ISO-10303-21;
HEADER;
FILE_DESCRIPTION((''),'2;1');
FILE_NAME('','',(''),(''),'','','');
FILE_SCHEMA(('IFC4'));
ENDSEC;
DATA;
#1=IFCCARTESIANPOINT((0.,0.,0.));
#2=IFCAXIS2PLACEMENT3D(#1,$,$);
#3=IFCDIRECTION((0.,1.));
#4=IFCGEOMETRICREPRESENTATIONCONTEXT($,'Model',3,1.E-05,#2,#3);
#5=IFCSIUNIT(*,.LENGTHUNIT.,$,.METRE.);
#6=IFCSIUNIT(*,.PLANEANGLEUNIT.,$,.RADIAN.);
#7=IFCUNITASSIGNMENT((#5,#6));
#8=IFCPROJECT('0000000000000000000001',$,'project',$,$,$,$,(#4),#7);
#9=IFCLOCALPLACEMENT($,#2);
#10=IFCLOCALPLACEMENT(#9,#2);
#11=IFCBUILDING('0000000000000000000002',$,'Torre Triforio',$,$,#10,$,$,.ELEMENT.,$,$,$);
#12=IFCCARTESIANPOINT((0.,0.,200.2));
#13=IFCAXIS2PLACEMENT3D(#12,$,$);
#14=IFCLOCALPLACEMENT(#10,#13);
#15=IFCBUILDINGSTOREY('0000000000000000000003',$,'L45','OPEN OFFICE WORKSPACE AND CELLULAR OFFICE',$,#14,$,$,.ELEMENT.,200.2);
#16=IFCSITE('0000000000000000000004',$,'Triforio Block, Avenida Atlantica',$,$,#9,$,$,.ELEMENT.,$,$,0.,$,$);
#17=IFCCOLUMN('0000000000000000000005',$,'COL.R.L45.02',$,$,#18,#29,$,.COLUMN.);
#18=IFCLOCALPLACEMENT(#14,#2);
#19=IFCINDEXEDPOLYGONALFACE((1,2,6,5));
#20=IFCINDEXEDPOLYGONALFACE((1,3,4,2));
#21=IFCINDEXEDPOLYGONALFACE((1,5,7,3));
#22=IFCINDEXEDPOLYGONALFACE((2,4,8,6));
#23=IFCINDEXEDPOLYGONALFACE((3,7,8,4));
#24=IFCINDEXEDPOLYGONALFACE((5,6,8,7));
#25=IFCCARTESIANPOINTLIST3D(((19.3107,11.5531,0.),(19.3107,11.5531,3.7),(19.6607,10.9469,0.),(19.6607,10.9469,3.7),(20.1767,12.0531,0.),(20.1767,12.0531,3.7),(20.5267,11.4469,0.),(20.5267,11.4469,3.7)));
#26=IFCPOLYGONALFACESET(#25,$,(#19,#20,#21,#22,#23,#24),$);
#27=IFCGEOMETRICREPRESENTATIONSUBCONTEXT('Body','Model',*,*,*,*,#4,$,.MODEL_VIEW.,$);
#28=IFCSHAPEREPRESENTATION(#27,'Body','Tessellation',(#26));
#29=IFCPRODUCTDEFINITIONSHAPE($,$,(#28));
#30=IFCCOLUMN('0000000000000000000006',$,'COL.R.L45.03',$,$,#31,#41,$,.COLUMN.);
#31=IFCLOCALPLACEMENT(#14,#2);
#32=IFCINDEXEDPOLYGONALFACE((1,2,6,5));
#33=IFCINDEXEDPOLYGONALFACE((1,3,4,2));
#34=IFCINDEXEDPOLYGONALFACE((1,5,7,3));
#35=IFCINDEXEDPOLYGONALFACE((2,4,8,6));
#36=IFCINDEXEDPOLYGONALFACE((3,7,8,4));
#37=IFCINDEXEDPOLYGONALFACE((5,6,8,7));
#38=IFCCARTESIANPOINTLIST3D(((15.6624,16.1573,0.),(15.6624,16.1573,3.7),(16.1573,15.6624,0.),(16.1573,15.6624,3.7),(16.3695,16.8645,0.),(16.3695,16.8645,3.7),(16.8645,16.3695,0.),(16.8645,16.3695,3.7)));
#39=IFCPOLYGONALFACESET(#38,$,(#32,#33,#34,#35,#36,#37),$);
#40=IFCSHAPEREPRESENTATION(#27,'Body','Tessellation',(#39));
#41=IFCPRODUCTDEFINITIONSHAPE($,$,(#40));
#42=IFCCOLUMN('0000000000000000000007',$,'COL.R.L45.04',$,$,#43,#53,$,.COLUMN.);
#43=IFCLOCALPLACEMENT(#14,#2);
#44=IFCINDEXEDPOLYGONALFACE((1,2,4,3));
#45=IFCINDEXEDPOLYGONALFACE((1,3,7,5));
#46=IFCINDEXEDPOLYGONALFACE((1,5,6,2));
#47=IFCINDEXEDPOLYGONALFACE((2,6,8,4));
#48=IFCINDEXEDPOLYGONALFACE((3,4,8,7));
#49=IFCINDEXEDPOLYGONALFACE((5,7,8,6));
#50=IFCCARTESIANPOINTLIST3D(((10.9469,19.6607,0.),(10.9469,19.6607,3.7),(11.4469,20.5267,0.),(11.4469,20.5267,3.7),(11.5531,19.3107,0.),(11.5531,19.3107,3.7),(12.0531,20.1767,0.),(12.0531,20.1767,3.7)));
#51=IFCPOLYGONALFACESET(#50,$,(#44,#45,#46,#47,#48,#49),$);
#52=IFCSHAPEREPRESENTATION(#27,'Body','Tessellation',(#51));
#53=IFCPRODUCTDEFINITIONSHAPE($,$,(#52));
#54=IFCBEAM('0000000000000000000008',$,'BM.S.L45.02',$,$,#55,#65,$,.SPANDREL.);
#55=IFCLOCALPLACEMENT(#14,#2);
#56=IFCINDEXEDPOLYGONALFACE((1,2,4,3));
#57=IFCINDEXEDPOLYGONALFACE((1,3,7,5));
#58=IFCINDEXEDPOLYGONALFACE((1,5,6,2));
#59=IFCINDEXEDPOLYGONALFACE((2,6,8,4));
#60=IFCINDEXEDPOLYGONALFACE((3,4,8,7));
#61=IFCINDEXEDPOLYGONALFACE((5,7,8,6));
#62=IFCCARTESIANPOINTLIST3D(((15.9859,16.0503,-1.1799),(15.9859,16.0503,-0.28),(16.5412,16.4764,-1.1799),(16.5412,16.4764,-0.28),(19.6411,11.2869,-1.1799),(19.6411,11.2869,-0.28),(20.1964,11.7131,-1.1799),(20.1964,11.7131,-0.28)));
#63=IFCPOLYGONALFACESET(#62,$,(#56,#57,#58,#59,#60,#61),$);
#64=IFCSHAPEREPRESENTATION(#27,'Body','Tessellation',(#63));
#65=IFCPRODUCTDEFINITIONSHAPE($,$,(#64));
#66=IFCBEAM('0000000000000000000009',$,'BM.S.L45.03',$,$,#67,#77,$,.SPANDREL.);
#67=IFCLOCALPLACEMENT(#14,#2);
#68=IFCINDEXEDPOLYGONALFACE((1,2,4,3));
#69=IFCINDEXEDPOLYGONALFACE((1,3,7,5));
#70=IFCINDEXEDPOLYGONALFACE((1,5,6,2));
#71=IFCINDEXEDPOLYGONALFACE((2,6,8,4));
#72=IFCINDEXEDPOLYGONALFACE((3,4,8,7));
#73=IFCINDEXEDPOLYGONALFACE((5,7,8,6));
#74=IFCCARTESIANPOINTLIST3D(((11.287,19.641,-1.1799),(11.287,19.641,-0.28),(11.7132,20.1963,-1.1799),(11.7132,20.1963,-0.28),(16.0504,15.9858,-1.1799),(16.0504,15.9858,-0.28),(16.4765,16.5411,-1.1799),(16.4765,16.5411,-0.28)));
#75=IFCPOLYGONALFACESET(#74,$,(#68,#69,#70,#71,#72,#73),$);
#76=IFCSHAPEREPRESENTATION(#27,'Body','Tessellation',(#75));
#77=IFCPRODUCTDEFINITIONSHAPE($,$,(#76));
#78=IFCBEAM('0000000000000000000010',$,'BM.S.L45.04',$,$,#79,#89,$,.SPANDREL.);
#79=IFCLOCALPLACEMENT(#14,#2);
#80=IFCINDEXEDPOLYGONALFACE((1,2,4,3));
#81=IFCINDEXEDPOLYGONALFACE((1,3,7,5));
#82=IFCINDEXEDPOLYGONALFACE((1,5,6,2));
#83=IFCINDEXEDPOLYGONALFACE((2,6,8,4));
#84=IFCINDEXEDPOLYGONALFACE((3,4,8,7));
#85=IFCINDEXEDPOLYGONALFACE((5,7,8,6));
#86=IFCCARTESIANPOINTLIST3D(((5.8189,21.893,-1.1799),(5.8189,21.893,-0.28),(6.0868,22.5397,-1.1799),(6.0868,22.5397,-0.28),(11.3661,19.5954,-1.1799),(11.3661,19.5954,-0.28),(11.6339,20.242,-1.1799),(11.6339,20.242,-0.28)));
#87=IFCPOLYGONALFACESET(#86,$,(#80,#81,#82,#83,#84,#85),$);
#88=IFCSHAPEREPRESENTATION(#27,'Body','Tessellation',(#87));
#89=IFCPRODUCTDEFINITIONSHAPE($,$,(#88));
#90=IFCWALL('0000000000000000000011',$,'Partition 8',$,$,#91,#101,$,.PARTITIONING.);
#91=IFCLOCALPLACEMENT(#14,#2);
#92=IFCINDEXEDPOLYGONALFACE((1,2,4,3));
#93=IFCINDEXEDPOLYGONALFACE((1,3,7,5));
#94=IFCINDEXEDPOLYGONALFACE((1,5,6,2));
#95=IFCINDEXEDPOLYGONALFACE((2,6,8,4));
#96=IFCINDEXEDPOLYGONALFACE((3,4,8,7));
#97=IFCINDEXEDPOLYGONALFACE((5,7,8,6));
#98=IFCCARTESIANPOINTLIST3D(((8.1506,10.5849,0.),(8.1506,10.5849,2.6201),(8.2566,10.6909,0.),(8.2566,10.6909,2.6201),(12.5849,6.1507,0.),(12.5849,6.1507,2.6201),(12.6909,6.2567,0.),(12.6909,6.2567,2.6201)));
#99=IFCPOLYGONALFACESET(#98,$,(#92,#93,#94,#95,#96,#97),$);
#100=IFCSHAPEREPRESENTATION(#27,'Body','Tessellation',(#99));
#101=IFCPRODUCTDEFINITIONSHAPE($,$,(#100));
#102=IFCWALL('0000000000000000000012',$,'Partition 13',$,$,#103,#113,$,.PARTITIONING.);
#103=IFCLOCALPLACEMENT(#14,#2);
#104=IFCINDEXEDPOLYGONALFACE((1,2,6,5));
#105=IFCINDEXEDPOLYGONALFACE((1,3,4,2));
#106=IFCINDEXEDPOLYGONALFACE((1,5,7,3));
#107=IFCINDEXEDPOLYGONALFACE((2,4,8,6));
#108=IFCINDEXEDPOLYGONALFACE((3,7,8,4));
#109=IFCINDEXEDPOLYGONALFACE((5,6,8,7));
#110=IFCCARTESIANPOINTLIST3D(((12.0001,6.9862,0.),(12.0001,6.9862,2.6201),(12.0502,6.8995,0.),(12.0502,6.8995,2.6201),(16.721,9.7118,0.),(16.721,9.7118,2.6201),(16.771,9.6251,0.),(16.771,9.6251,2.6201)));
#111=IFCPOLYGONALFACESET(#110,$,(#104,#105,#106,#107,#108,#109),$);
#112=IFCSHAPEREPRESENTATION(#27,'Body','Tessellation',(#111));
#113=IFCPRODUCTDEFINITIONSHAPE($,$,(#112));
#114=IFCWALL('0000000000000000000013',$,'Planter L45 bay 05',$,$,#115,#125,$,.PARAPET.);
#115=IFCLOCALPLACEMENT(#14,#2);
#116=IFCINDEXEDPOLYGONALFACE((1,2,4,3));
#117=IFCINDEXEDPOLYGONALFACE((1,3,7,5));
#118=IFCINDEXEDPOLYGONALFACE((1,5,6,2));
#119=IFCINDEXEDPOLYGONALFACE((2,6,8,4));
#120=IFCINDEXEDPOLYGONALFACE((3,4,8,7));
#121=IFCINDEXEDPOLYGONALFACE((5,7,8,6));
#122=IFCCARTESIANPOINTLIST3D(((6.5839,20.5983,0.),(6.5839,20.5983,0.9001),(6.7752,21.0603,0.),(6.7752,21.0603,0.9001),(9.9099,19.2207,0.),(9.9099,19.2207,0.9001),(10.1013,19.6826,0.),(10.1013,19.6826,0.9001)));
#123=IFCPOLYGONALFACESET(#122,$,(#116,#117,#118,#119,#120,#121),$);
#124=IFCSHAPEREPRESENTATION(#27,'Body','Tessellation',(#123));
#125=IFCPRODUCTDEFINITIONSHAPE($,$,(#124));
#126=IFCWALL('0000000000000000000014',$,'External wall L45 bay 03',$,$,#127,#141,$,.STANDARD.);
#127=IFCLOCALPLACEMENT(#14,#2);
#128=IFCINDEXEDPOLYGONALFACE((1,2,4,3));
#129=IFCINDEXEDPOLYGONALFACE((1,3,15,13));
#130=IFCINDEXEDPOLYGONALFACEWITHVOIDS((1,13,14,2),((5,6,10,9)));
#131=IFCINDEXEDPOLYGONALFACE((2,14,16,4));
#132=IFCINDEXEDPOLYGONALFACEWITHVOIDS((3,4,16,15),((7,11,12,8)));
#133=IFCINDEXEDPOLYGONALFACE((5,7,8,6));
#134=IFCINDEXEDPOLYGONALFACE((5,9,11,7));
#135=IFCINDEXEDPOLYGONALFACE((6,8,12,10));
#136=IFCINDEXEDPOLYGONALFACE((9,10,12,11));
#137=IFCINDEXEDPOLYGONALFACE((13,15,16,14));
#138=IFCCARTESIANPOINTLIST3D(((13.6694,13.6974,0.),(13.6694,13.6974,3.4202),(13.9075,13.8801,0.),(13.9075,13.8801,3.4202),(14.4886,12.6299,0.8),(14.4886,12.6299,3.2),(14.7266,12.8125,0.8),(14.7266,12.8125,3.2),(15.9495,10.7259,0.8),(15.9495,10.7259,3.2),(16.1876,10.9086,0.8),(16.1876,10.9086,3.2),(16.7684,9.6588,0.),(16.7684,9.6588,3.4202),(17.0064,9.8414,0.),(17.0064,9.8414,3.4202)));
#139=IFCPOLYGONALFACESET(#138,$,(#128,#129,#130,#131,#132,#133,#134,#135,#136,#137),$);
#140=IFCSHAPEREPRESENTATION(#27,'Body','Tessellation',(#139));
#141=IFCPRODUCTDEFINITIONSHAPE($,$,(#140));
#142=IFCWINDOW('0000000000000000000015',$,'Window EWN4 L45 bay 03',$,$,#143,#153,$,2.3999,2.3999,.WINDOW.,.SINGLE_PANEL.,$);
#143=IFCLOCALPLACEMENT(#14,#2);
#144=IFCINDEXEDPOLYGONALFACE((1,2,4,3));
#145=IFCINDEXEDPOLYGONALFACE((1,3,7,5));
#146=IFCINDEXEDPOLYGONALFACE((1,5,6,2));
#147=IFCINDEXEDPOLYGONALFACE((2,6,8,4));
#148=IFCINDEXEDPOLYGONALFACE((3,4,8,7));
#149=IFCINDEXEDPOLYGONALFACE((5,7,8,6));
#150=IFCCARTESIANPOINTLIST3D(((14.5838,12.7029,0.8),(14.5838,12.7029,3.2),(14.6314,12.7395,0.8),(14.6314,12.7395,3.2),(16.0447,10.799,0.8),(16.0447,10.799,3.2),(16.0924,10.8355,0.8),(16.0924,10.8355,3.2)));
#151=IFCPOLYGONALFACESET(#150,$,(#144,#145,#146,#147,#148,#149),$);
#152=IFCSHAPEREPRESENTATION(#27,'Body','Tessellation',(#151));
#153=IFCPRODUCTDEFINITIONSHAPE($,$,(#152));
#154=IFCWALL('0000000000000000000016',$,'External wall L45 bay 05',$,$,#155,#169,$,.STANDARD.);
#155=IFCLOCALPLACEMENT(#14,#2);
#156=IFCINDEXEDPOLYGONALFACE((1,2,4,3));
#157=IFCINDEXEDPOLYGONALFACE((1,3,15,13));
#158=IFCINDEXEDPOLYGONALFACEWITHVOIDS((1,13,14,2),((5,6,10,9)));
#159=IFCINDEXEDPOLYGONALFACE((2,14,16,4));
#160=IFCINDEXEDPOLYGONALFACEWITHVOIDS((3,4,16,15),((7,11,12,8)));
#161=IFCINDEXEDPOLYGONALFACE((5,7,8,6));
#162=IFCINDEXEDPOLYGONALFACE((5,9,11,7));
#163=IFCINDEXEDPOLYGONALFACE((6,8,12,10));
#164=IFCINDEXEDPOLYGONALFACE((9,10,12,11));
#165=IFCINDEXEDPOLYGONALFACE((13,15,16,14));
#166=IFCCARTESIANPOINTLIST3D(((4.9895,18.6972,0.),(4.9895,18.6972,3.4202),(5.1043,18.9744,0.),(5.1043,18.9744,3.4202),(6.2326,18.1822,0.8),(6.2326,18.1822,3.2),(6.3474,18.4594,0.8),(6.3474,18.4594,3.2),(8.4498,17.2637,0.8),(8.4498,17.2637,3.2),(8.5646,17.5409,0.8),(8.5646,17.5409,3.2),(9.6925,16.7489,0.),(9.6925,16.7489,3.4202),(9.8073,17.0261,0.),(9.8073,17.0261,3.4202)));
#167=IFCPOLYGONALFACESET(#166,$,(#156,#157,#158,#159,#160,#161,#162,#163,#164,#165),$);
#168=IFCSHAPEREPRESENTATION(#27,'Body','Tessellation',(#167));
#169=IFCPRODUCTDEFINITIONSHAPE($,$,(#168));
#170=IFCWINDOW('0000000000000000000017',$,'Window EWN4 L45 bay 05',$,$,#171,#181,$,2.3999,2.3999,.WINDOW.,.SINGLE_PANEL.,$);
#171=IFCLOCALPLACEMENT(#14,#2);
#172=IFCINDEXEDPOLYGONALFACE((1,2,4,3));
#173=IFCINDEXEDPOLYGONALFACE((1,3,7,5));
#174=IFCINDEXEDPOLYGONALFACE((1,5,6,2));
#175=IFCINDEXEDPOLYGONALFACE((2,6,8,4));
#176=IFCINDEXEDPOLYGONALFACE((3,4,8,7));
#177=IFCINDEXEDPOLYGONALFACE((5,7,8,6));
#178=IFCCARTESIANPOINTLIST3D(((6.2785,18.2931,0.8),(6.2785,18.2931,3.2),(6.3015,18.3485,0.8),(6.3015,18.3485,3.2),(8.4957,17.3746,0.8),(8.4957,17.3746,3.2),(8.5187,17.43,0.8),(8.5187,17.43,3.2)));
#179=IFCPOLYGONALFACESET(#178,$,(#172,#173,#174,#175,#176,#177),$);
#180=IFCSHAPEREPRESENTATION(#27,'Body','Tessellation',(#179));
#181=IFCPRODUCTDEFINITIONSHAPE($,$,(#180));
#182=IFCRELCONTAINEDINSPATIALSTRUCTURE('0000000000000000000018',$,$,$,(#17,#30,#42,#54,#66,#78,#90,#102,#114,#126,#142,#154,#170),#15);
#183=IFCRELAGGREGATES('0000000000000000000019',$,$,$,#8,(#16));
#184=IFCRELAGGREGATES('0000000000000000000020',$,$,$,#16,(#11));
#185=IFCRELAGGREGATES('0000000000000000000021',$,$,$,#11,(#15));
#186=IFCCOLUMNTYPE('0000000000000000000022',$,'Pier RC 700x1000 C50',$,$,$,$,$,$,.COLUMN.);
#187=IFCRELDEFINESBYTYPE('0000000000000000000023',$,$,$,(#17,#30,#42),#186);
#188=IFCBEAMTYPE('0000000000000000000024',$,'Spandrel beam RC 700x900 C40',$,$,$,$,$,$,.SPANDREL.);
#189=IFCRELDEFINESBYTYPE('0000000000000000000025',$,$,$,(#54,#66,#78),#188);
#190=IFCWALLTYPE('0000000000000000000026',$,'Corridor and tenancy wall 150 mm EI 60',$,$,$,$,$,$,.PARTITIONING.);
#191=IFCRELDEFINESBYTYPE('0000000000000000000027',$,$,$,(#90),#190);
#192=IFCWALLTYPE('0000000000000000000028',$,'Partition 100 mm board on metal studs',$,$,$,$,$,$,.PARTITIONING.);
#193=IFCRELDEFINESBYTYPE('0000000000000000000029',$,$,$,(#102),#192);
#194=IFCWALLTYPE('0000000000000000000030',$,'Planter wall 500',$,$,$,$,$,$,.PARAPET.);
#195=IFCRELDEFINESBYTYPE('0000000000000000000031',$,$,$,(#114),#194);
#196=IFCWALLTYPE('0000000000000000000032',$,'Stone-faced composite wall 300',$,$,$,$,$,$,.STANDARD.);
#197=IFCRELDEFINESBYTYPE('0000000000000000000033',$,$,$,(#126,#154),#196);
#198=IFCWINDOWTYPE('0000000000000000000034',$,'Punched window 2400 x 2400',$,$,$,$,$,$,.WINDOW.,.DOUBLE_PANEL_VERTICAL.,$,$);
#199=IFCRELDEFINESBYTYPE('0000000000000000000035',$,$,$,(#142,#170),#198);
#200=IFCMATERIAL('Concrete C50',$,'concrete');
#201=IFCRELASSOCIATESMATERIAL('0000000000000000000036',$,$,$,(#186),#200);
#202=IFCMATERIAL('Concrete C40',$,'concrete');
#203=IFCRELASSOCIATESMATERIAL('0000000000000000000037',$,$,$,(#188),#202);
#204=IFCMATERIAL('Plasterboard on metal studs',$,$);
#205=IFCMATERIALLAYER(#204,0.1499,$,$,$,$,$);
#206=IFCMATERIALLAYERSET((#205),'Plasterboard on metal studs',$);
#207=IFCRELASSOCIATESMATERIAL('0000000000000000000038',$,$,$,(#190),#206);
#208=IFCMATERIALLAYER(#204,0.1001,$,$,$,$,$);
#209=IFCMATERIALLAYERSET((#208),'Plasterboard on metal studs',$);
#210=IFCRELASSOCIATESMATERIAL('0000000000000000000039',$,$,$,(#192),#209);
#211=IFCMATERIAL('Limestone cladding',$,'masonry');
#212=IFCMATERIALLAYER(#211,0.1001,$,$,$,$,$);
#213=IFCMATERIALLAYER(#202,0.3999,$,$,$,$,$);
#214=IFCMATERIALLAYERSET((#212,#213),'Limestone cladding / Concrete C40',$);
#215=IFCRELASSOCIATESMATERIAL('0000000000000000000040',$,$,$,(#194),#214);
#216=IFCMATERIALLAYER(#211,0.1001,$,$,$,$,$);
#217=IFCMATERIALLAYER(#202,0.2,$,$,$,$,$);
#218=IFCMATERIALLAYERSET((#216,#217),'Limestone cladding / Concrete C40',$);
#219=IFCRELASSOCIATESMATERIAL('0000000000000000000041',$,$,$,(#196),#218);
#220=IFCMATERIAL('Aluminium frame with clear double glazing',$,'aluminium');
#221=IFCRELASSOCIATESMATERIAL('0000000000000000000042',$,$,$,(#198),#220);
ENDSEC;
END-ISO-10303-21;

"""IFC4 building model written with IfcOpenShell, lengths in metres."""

from ifc_helpers import new_model, si_unit, direction, frame, frame_2d, origin, origin_2d, place, context, subcontext, project, spatial, rectangle, extrude, material, layer, layer_set, material_profile, profile_set, type_object, element, fill, save


model = new_model("IFC4")

# Units and contexts
model_context = context("Model", 3, precision=1e-05, world=origin(), true_north=direction((0.0, 1.0)))
body_context = subcontext(model_context, "Body", "Model", "MODEL_VIEW")
ifc_project = project(units=[si_unit("LENGTHUNIT", "METRE"), si_unit("PLANEANGLEUNIT", "RADIAN")], contexts=[model_context])

# Site, building, storey
site_placement = place(None, origin())
site = spatial("IfcSite", under=ifc_project, at=site_placement, Name="Triforio Block, Avenida Atlantica", CompositionType="ELEMENT", RefElevation=0.0)
building_placement = place(site_placement, origin())
building = spatial("IfcBuilding", under=site, at=building_placement, Name="Torre Triforio", CompositionType="ELEMENT")
storey_placement = place(building_placement, frame((0.0, 0.0, 200.2)))
storey = spatial("IfcBuildingStorey", under=building, at=storey_placement, Name="L45", Description="OPEN OFFICE WORKSPACE AND CELLULAR OFFICE", CompositionType="ELEMENT", Elevation=200.2)

# Columns
ifc_material_1 = material(Name="Concrete C50", Category="concrete")
ifc_material_profile_1 = material_profile(ifc_material_1, rectangle(XDim=0.7, YDim=1.0, at=origin_2d()), Name="RC 700x1000")
ifc_profile_set_1 = profile_set([ifc_material_profile_1], Name="Concrete C50")
column_type = type_object("IfcColumnType", Name="Pier RC 700x1000 C50", PredefinedType="COLUMN", material=ifc_profile_set_1)
for number, where, z_axis, x_axis, name in (
    (1, (19.9187, 11.5, 0.0), (0.0, 0.0, 1.0), (-0.5, 0.866025, 0.0), "COL.R.L45.02"),
    (2, (16.2634, 16.2634, 0.0), (0.0, 0.0, 1.0), (-0.707107, 0.707107, 0.0), "COL.R.L45.03"),
    (3, (11.5, 19.9187, 0.0), (0.0, 0.0, 1.0), (-0.866025, 0.5, 0.0), "COL.R.L45.04"),
):
    element("IfcColumn", number, at=place(storey_placement, frame(where, z_axis=z_axis, x_axis=x_axis)), inside=storey, type_object=column_type, Name=name, PredefinedType="COLUMN", context=body_context, shape_type="SweptSolid", body=[
        extrude(rectangle(XDim=0.7, YDim=1.0, at=origin_2d()), origin(), (0.0, 0.0, 1.0), 3.7),
    ])

# Beams
ifc_material_2 = material(Name="Concrete C40", Category="concrete")
ifc_material_profile_2 = material_profile(ifc_material_2, rectangle(XDim=0.7, YDim=0.8999, at=origin_2d()), Name="RC 700x900")
ifc_profile_set_2 = profile_set([ifc_material_profile_2], Name="Concrete C40")
beam_type = type_object("IfcBeamType", Name="Spandrel beam RC 700x900 C40", PredefinedType="SPANDREL", material=ifc_profile_set_2)
for number, where, z_axis, x_axis, name in (
    (4, (19.9187, 11.5, -0.73), (-0.608779, 0.79334, 0.0), (-0.79334, -0.608779, 0.0), "BM.S.L45.02"),
    (5, (16.2634, 16.2634, -0.73), (-0.79334, 0.608779, 0.0), (-0.608779, -0.79334, 0.0), "BM.S.L45.03"),
    (6, (11.5, 19.9187, -0.73), (-0.923885, 0.382671, 0.0), (-0.382671, -0.923885, 0.0), "BM.S.L45.04"),
):
    element("IfcBeam", number, at=place(storey_placement, frame(where, z_axis=z_axis, x_axis=x_axis)), inside=storey, type_object=beam_type, Name=name, PredefinedType="SPANDREL", context=body_context, shape_type="SweptSolid", body=[
        extrude(rectangle(XDim=0.7, YDim=0.8999, at=origin_2d()), origin(), (0.0, 0.0, 1.0), 6.0042),
    ])

# Walls
ifc_material_3 = material(Name="Plasterboard on metal studs")
ifc_layer_1 = layer(ifc_material_3, 0.1499)
ifc_layer_set_1 = layer_set([ifc_layer_1], Name="Plasterboard on metal studs")
wall_type_1 = type_object("IfcWallType", Name="Corridor and tenancy wall 150 mm EI 60", PredefinedType="PARTITIONING", material=ifc_layer_set_1)
wall_1_placement = place(storey_placement, frame((8.2036, 10.6379, 0.0), z_axis=(0.0, 0.0, 1.0), x_axis=(0.707107, -0.707107, 0.0)))
element("IfcWall", 7, at=wall_1_placement, inside=storey, type_object=wall_type_1, Name="Partition 8", PredefinedType="PARTITIONING", context=body_context, shape_type="SweptSolid", body=[
    extrude(rectangle(XDim=6.271, YDim=0.1499, at=frame_2d((3.1355, 0.0))), origin(), (0.0, 0.0, 1.0), 2.6201),
])
ifc_layer_2 = layer(ifc_material_3, 0.1001)
ifc_layer_set_2 = layer_set([ifc_layer_2], Name="Plasterboard on metal studs")
wall_type_2 = type_object("IfcWallType", Name="Partition 100 mm board on metal studs", PredefinedType="PARTITIONING", material=ifc_layer_set_2)
wall_2_placement = place(storey_placement, frame((12.0251, 6.9429, 0.0), z_axis=(0.0, 0.0, 1.0), x_axis=(0.86603, 0.499993, 0.0)))
element("IfcWall", 8, at=wall_2_placement, inside=storey, type_object=wall_type_2, Name="Partition 13", PredefinedType="PARTITIONING", context=body_context, shape_type="SweptSolid", body=[
    extrude(rectangle(XDim=5.4512, YDim=0.1001, at=frame_2d((2.7256, 0.0))), origin(), (0.0, 0.0, 1.0), 2.6201),
])
ifc_material_4 = material(Name="Limestone cladding", Category="masonry")
ifc_layer_3 = layer(ifc_material_4, 0.1001)
ifc_layer_4 = layer(ifc_material_2, 0.3999)
ifc_layer_set_3 = layer_set([ifc_layer_3, ifc_layer_4], Name="Limestone cladding / Concrete C40")
wall_type_3 = type_object("IfcWallType", Name="Planter wall 500", PredefinedType="PARAPET", material=ifc_layer_set_3)
wall_3_placement = place(storey_placement, frame((10.0056, 19.4517, 0.0), z_axis=(0.0, 0.0, 1.0), x_axis=(-0.923885, 0.382669, 0.0)))
element("IfcWall", 9, at=wall_3_placement, inside=storey, type_object=wall_type_3, Name="Planter L45 bay 05", PredefinedType="PARAPET", context=body_context, shape_type="SweptSolid", body=[
    extrude(rectangle(XDim=3.6001, YDim=0.5, at=frame_2d((1.8, 0.0))), origin(), (0.0, 0.0, 1.0), 0.9001),
])

# Wall, opening, window
ifc_layer_5 = layer(ifc_material_4, 0.1001)
ifc_layer_6 = layer(ifc_material_2, 0.2)
ifc_layer_set_4 = layer_set([ifc_layer_5, ifc_layer_6], Name="Limestone cladding / Concrete C40")
wall_type_4 = type_object("IfcWallType", Name="Stone-faced composite wall 300", PredefinedType="STANDARD", material=ifc_layer_set_4)
wall_4_placement = place(storey_placement, frame((16.8875, 9.75, 0.0), z_axis=(0.0, 0.0, 1.0), x_axis=(-0.608758, 0.793356, 0.0)))
wall_4 = element("IfcWall", 10, at=wall_4_placement, inside=storey, type_object=wall_type_4, Name="External wall L45 bay 03", PredefinedType="STANDARD", context=body_context, shape_type="SweptSolid", body=[
    extrude(rectangle(XDim=5.0906, YDim=0.3, at=frame_2d((2.5454, 0.0))), origin(), (0.0, 0.0, 1.0), 3.4202),
])
opening_1_placement = place(wall_4_placement, frame((1.3452, 0.0, 0.8)))
opening_1 = element("IfcOpeningElement", 11, at=opening_1_placement, cuts=wall_4, PredefinedType="OPENING", context=body_context, shape_type="SweptSolid", body=[
    extrude(rectangle(XDim=2.3999, YDim=2.3999, at=frame_2d((1.2, 1.2))), frame((0.0, 0.1599, 0.0), z_axis=(0.0, -1.0, 0.0), x_axis=(1.0, 0.0, 0.0)), (0.0, 0.0, 1.0), 0.3201),
])
ifc_material_5 = material(Name="Aluminium frame with clear double glazing", Category="aluminium")
window_type_1 = type_object("IfcWindowType", Name="Punched window 2400 x 2400", PartitioningType="DOUBLE_PANEL_VERTICAL", PredefinedType="WINDOW", material=ifc_material_5)
window_1_placement = place(opening_1_placement, origin())
window_1 = element("IfcWindow", 12, at=window_1_placement, inside=storey, type_object=window_type_1, Name="Window EWN4 L45 bay 03", OverallHeight=2.3999, OverallWidth=2.3999, PartitioningType="SINGLE_PANEL", PredefinedType="WINDOW", context=body_context, shape_type="SweptSolid", body=[
    extrude(rectangle(XDim=2.3999, YDim=2.3999, at=frame_2d((1.2, 1.2))), frame((0.0, 0.03, 0.0), z_axis=(0.0, -1.0, 0.0), x_axis=(1.0, 0.0, 0.0)), (0.0, 0.0, 1.0), 0.0601),
])
fill(opening_1, window_1)

# Wall, opening, window
wall_5_placement = place(storey_placement, frame((9.75, 16.8875, 0.0), z_axis=(0.0, 0.0, 1.0), x_axis=(-0.923863, 0.382725, 0.0)))
wall_5 = element("IfcWall", 13, at=wall_5_placement, inside=storey, type_object=wall_type_4, Name="External wall L45 bay 05", PredefinedType="STANDARD", context=body_context, shape_type="SweptSolid", body=[
    extrude(rectangle(XDim=5.0906, YDim=0.3, at=frame_2d((2.5454, 0.0))), origin(), (0.0, 0.0, 1.0), 3.4202),
])
opening_2_placement = place(wall_5_placement, frame((1.3452, 0.0, 0.8)))
opening_2 = element("IfcOpeningElement", 14, at=opening_2_placement, cuts=wall_5, PredefinedType="OPENING", context=body_context, shape_type="SweptSolid", body=[
    extrude(rectangle(XDim=2.3999, YDim=2.3999, at=frame_2d((1.2, 1.2))), frame((0.0, 0.1599, 0.0), z_axis=(0.0, -1.0, 0.0), x_axis=(1.0, 0.0, 0.0)), (0.0, 0.0, 1.0), 0.3201),
])
window_2_placement = place(opening_2_placement, origin())
window_2 = element("IfcWindow", 15, at=window_2_placement, inside=storey, type_object=window_type_1, Name="Window EWN4 L45 bay 05", OverallHeight=2.3999, OverallWidth=2.3999, PartitioningType="SINGLE_PANEL", PredefinedType="WINDOW", context=body_context, shape_type="SweptSolid", body=[
    extrude(rectangle(XDim=2.3999, YDim=2.3999, at=frame_2d((1.2, 1.2))), frame((0.0, 0.03, 0.0), z_axis=(0.0, -1.0, 0.0), x_axis=(1.0, 0.0, 0.0)), (0.0, 0.0, 1.0), 0.0601),
])
fill(opening_2, window_2)

save(model, "model.ifc")
